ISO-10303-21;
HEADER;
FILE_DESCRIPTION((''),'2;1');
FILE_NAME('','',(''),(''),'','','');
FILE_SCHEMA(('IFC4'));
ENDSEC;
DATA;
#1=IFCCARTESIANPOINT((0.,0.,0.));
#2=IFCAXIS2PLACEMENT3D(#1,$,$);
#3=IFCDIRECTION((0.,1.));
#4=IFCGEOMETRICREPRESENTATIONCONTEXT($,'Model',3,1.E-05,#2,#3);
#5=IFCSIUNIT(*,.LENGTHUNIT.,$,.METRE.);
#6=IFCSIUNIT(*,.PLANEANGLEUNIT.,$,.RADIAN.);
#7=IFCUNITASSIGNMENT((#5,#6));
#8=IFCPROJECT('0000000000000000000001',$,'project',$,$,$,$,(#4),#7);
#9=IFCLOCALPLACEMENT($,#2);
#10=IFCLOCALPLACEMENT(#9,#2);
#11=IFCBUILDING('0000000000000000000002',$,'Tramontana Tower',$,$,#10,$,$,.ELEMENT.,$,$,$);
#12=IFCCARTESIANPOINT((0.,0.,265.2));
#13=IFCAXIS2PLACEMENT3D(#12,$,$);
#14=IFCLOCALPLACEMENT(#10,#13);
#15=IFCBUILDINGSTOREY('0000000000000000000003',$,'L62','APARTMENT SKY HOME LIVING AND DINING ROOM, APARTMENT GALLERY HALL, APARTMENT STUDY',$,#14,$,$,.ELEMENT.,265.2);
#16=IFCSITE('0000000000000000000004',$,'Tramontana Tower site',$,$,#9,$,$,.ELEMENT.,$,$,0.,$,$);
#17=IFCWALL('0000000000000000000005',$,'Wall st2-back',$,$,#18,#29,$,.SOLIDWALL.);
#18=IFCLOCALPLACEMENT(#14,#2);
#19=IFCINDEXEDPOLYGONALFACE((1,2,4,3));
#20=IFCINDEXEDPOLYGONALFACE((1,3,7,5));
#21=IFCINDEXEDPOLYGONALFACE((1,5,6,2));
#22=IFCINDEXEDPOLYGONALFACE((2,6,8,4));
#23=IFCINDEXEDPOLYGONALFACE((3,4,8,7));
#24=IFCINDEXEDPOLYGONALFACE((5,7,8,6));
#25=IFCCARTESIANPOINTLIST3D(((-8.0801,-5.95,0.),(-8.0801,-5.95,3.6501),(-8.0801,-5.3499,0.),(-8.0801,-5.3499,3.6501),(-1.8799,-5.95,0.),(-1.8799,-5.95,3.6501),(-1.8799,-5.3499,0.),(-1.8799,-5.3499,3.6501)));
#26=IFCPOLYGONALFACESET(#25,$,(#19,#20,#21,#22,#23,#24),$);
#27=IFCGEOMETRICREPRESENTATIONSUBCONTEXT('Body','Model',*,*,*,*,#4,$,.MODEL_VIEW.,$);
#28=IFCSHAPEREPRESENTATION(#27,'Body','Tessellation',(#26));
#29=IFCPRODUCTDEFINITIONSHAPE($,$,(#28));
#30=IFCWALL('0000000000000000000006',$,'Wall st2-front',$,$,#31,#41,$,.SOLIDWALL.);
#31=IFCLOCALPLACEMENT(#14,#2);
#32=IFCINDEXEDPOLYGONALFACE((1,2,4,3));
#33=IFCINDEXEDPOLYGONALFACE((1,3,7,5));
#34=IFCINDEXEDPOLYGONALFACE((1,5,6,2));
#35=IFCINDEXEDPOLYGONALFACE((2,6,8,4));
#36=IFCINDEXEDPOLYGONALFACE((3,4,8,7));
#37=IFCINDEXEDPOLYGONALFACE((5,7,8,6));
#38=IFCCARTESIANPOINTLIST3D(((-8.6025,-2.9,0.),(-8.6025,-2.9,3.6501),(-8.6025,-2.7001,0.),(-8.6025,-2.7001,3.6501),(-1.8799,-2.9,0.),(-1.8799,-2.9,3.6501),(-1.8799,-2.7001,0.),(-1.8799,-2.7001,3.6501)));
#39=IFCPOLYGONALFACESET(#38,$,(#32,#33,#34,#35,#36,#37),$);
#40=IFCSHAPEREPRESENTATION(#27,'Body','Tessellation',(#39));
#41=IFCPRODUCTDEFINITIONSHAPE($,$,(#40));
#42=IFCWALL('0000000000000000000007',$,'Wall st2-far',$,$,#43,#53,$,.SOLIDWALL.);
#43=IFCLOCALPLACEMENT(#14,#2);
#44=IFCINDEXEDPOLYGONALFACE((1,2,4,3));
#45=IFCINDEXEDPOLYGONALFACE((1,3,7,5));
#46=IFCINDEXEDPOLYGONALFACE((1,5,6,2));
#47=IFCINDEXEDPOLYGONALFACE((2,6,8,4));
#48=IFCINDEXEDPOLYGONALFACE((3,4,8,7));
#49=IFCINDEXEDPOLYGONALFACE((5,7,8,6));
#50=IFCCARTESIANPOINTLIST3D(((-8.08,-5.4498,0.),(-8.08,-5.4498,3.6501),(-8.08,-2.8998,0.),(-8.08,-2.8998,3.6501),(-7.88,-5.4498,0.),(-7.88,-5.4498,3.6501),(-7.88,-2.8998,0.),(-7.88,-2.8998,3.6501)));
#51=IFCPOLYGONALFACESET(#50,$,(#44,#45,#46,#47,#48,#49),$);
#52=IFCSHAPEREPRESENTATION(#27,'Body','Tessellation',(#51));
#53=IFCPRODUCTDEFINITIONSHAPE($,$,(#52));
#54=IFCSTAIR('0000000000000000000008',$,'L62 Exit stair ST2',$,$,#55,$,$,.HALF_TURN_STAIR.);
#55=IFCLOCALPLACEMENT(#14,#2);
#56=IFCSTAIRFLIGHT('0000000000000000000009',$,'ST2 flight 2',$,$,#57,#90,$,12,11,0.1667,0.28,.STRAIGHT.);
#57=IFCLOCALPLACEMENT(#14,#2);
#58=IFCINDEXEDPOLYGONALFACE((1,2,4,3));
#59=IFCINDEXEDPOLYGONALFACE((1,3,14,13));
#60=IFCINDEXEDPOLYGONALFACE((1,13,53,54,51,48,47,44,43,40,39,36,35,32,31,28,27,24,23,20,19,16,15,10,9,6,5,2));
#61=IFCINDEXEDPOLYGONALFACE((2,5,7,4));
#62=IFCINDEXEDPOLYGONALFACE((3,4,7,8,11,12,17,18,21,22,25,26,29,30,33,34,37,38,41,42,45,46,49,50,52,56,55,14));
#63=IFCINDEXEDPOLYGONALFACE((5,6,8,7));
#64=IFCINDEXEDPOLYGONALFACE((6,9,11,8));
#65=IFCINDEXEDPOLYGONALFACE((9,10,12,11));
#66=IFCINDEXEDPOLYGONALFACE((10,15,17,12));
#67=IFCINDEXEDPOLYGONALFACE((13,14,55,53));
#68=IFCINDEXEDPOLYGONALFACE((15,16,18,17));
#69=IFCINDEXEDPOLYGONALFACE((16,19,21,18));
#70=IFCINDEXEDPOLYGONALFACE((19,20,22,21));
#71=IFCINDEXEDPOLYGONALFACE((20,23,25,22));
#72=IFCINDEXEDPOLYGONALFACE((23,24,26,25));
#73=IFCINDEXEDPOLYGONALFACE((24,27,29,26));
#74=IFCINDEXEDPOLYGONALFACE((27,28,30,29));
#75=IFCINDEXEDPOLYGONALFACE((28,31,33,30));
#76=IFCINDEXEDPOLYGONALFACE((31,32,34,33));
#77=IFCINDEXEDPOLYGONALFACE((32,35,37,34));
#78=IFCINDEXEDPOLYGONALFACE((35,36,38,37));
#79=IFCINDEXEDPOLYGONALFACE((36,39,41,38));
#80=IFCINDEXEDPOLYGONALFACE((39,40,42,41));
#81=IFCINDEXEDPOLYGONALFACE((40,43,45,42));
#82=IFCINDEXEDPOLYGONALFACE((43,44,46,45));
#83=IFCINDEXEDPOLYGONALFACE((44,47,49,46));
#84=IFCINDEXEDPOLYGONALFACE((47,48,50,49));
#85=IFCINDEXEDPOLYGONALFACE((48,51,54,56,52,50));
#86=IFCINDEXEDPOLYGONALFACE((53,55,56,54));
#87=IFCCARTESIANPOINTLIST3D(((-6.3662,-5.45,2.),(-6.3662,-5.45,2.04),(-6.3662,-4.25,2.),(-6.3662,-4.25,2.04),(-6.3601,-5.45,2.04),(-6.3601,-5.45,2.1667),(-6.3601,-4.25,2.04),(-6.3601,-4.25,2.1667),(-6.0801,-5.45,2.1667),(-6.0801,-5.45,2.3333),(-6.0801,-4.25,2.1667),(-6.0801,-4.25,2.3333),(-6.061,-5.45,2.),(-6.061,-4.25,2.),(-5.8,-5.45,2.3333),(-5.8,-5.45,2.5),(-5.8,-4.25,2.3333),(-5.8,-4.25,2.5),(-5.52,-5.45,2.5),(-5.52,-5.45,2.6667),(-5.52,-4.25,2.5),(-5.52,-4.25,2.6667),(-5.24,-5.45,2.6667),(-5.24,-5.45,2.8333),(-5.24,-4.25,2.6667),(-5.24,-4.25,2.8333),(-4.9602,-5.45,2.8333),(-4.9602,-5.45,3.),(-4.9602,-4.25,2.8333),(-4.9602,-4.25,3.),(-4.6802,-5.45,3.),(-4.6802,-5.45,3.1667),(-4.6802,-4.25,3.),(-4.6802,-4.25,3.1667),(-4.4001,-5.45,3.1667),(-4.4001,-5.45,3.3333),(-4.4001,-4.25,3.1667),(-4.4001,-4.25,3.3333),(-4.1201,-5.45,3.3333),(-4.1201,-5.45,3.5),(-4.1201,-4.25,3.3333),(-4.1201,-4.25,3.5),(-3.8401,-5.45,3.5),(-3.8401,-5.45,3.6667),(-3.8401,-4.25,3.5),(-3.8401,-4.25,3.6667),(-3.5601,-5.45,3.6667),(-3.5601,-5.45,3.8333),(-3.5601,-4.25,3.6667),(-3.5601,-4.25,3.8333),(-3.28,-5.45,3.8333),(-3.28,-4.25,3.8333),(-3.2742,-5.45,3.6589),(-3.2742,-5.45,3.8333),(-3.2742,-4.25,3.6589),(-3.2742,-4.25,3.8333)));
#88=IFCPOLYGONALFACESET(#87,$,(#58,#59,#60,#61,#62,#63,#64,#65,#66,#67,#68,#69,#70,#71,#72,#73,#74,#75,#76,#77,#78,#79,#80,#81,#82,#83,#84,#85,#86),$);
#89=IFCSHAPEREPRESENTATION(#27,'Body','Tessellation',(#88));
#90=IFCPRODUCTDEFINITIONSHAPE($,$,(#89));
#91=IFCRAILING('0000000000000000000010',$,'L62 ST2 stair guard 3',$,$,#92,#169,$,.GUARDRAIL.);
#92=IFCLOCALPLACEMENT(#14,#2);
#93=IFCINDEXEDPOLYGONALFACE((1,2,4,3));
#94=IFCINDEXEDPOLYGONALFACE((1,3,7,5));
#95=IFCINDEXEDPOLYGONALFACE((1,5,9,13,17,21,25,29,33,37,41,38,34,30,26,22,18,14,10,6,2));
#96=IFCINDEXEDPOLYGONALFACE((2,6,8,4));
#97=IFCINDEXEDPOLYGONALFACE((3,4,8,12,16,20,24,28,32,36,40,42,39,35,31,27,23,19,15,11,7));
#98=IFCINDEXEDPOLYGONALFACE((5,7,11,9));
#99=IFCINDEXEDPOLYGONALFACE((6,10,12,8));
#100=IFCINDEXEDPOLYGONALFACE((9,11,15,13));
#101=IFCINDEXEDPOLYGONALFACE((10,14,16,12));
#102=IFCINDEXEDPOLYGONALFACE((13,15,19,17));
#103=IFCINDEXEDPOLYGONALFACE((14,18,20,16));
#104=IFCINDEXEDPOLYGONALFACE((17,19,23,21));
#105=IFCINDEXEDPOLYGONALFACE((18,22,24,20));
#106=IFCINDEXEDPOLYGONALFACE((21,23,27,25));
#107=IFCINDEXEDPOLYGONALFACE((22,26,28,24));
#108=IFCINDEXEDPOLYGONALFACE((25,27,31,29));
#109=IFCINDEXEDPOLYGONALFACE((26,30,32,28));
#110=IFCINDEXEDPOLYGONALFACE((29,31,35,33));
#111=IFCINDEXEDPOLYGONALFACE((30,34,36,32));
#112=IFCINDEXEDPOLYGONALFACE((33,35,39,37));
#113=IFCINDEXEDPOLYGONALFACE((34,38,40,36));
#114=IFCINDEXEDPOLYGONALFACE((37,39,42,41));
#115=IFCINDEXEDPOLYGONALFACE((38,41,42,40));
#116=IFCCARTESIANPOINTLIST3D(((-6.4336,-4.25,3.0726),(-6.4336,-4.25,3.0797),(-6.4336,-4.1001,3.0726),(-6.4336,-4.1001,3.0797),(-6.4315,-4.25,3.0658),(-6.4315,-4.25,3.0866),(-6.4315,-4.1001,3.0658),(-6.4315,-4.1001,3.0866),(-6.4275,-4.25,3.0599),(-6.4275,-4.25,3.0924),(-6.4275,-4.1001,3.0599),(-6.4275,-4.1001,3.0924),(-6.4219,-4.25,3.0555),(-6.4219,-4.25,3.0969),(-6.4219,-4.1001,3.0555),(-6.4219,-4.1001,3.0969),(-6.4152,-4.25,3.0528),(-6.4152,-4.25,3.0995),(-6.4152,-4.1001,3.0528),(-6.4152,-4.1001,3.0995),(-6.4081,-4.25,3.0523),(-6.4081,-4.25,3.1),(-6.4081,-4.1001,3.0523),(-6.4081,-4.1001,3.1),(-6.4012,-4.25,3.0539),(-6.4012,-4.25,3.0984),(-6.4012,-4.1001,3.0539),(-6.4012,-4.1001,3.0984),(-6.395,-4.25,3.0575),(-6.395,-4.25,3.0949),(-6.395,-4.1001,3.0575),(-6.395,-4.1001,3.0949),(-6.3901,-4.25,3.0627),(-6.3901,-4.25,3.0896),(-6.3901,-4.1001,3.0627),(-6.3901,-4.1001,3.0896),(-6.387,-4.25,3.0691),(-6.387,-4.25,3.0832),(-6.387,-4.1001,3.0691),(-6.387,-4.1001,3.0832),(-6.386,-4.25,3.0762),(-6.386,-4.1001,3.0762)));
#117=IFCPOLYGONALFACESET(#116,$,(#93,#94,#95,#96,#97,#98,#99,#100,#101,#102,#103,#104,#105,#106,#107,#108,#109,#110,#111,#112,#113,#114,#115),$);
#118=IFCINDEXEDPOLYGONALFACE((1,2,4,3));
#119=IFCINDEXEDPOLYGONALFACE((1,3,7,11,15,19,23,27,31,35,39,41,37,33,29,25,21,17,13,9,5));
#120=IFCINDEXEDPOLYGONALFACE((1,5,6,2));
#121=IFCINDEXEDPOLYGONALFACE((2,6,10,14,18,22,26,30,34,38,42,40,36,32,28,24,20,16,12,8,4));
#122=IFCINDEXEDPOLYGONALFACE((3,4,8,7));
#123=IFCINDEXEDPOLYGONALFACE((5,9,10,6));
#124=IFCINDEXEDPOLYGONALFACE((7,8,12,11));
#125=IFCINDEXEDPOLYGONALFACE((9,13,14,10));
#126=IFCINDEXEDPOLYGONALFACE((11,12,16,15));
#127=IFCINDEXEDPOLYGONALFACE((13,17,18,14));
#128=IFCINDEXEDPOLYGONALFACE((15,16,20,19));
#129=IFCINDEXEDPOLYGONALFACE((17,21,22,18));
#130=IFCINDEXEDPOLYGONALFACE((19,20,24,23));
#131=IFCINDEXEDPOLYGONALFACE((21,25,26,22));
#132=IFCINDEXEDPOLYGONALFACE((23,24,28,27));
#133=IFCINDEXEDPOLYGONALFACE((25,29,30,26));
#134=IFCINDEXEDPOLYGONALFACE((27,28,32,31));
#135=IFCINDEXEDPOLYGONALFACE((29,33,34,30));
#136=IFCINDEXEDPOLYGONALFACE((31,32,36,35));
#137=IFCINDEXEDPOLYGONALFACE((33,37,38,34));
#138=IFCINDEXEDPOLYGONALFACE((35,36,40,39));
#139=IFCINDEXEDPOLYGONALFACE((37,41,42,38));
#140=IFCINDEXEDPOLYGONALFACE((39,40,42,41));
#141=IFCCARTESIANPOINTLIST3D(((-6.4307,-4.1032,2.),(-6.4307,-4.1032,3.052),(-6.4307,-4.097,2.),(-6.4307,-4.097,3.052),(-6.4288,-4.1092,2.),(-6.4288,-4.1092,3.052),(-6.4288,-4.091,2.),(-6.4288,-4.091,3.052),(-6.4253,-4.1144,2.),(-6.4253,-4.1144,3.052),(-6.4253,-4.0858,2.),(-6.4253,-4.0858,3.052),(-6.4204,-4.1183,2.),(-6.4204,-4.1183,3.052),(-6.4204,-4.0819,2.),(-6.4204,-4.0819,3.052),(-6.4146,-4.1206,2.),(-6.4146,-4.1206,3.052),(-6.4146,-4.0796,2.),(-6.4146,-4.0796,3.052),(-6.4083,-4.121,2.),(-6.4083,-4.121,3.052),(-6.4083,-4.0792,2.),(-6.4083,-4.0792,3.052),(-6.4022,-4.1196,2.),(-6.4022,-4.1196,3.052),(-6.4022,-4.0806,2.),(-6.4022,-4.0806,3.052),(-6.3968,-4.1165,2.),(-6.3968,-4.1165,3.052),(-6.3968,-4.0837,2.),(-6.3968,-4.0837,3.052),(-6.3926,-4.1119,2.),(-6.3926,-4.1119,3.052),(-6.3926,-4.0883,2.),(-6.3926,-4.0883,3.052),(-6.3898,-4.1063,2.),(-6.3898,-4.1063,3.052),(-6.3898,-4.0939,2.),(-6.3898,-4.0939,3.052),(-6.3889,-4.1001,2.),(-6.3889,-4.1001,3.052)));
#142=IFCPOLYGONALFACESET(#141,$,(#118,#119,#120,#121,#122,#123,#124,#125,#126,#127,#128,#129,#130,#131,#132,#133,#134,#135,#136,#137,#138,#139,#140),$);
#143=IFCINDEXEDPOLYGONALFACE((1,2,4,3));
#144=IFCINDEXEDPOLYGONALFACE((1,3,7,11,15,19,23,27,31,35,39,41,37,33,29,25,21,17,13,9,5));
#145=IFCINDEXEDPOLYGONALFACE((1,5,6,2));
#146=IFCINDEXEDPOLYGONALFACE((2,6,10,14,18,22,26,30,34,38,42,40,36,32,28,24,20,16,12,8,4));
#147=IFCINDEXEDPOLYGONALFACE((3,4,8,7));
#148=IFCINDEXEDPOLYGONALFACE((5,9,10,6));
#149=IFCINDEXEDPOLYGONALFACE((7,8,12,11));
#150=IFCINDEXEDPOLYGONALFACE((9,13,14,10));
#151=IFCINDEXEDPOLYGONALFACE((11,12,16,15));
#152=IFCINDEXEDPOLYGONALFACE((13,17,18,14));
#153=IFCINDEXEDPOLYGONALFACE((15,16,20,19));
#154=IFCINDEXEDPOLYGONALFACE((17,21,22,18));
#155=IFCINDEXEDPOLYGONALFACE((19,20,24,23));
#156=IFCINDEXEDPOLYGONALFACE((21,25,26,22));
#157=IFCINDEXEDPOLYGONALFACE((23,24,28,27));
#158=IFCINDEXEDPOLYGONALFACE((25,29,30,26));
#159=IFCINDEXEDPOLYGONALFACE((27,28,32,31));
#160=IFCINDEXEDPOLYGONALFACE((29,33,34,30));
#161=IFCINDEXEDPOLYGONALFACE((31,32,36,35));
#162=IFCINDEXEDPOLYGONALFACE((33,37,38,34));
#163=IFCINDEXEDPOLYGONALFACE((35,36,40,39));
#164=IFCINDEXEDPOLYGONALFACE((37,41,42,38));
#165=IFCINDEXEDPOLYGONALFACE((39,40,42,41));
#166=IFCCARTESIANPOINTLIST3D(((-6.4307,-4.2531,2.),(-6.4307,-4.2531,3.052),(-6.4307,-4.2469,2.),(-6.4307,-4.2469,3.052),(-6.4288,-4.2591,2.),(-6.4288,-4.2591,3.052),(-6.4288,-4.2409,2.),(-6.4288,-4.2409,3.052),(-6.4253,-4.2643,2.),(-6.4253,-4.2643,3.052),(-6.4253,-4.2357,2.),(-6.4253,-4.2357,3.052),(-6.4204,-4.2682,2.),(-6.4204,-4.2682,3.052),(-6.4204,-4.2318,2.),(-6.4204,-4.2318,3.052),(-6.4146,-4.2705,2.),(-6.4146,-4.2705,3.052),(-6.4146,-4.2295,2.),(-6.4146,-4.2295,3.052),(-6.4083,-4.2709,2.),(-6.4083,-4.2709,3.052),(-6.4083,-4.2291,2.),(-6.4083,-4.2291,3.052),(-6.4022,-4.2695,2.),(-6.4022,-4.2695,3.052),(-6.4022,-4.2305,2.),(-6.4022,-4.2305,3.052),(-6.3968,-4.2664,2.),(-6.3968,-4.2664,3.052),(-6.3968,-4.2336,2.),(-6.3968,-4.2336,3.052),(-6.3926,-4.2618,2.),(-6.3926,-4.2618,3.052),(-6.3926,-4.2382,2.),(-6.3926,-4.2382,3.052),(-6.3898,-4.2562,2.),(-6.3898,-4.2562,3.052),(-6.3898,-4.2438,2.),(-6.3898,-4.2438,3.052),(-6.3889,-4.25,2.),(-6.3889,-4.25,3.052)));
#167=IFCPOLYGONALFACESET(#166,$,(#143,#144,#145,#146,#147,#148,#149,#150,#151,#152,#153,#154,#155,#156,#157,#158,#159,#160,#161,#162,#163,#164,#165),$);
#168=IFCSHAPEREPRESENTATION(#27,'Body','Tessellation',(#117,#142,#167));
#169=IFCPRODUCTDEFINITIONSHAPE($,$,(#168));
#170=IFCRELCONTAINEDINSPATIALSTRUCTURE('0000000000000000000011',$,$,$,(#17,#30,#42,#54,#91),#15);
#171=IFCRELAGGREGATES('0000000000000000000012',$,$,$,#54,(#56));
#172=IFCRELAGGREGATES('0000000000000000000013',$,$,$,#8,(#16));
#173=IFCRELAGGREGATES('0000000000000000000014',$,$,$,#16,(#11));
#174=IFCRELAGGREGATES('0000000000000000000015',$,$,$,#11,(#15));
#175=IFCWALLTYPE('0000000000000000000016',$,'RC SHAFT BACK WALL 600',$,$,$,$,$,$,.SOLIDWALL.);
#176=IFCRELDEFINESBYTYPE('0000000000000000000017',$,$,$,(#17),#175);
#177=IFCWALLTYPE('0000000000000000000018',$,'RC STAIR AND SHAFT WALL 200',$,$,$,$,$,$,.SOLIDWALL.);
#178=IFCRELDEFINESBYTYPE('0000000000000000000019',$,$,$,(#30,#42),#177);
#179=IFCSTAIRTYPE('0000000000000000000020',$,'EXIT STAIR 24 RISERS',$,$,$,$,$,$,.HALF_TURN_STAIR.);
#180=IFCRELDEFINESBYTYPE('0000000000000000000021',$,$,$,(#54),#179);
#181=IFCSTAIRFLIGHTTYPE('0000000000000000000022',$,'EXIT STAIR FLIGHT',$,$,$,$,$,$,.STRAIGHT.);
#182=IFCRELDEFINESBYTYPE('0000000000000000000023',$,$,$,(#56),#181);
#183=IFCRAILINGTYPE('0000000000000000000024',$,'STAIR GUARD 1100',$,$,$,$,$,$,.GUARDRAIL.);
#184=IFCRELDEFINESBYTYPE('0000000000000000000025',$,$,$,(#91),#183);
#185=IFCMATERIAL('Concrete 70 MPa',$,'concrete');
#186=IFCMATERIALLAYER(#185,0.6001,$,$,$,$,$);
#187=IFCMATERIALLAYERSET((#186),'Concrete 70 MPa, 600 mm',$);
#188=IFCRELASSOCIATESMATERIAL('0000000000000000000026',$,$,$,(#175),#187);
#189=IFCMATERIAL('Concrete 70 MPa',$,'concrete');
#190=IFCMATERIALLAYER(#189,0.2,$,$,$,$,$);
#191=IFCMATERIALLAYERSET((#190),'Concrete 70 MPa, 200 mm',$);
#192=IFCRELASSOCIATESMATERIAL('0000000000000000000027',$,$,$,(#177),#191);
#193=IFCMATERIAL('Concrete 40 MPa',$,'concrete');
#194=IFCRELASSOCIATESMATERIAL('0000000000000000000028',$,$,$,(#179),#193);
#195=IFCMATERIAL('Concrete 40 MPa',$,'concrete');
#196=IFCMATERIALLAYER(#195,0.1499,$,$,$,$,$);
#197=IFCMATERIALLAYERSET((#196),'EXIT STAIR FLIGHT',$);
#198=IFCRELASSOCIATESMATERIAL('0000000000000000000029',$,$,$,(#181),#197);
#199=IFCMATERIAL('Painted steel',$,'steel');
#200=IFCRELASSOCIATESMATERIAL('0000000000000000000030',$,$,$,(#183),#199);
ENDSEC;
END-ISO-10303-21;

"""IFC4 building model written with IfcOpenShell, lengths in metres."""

from ifc_helpers import new_model, si_unit, direction, frame, frame_2d, origin, origin_2d, place, context, subcontext, project, spatial, polyline, rectangle, circle, outline, extrude, material, layer, layer_set, type_object, element, aggregate, save


model = new_model("IFC4")

# Units and contexts
model_context = context("Model", 3, precision=1e-05, world=origin(), true_north=direction((0.0, 1.0)))
body_context = subcontext(model_context, "Body", "Model", "MODEL_VIEW")
ifc_project = project(units=[si_unit("LENGTHUNIT", "METRE"), si_unit("PLANEANGLEUNIT", "RADIAN")], contexts=[model_context])

# Site, building, storey
site_placement = place(None, origin())
site = spatial("IfcSite", under=ifc_project, at=site_placement, Name="Tramontana Tower site", CompositionType="ELEMENT", RefElevation=0.0)
building_placement = place(site_placement, origin())
building = spatial("IfcBuilding", under=site, at=building_placement, Name="Tramontana Tower", CompositionType="ELEMENT")
storey_placement = place(building_placement, frame((0.0, 0.0, 265.2)))
storey = spatial("IfcBuildingStorey", under=building, at=storey_placement, Name="L62", Description="APARTMENT SKY HOME LIVING AND DINING ROOM, APARTMENT GALLERY HALL, APARTMENT STUDY", CompositionType="ELEMENT", Elevation=265.2)

# Walls
ifc_material_1 = material(Name="Concrete 70 MPa", Category="concrete")
ifc_layer_1 = layer(ifc_material_1, 0.6001)
ifc_layer_set_1 = layer_set([ifc_layer_1], Name="Concrete 70 MPa, 600 mm")
wall_type_1 = type_object("IfcWallType", Name="RC SHAFT BACK WALL 600", PredefinedType="SOLIDWALL", material=ifc_layer_set_1)
wall_1_placement = place(storey_placement, frame((-8.0801, -5.6499, 0.0), z_axis=(0.0, 0.0, 1.0), x_axis=(1.0, 0.0, 0.0)))
element("IfcWall", 1, at=wall_1_placement, inside=storey, type_object=wall_type_1, Name="Wall st2-back", PredefinedType="SOLIDWALL", context=body_context, shape_type="SweptSolid", body=[
    extrude(rectangle(XDim=6.2002, YDim=0.6001, at=frame_2d((3.1001, 0.0))), origin(), (0.0, 0.0, 1.0), 3.6501),
])
ifc_material_2 = material(Name="Concrete 70 MPa", Category="concrete")
ifc_layer_2 = layer(ifc_material_2, 0.2)
ifc_layer_set_2 = layer_set([ifc_layer_2], Name="Concrete 70 MPa, 200 mm")
wall_type_2 = type_object("IfcWallType", Name="RC STAIR AND SHAFT WALL 200", PredefinedType="SOLIDWALL", material=ifc_layer_set_2)
wall_2_placement = place(storey_placement, frame((-8.6025, -2.8, 0.0), z_axis=(0.0, 0.0, 1.0), x_axis=(1.0, 0.0, 0.0)))
element("IfcWall", 2, at=wall_2_placement, inside=storey, type_object=wall_type_2, Name="Wall st2-front", PredefinedType="SOLIDWALL", context=body_context, shape_type="SweptSolid", body=[
    extrude(rectangle(XDim=6.7227, YDim=0.2, at=frame_2d((3.3613, 0.0))), origin(), (0.0, 0.0, 1.0), 3.6501),
])
wall_3_placement = place(storey_placement, frame((-7.98, -2.8999, 0.0), z_axis=(0.0, 0.0, 1.0), x_axis=(0.0, -1.0, 0.0)))
element("IfcWall", 3, at=wall_3_placement, inside=storey, type_object=wall_type_2, Name="Wall st2-far", PredefinedType="SOLIDWALL", context=body_context, shape_type="SweptSolid", body=[
    extrude(rectangle(XDim=2.55, YDim=0.2, at=frame_2d((1.2749, 0.0))), origin(), (0.0, 0.0, 1.0), 3.6501),
])

# Stair, stair flight
ifc_material_3 = material(Name="Concrete 40 MPa", Category="concrete")
stair_type = type_object("IfcStairType", Name="EXIT STAIR 24 RISERS", PredefinedType="HALF_TURN_STAIR", material=ifc_material_3)
stair_placement = place(storey_placement, origin())
stair = element("IfcStair", 4, at=stair_placement, inside=storey, type_object=stair_type, Name="L62 Exit stair ST2", PredefinedType="HALF_TURN_STAIR")
ifc_material_4 = material(Name="Concrete 40 MPa", Category="concrete")
ifc_layer_3 = layer(ifc_material_4, 0.1499)
ifc_layer_set_3 = layer_set([ifc_layer_3], Name="EXIT STAIR FLIGHT")
stair_flight_type = type_object("IfcStairFlightType", Name="EXIT STAIR FLIGHT", PredefinedType="STRAIGHT", material=ifc_layer_set_3)
stair_flight_placement = place(storey_placement, frame((-6.3601, -4.8501, 2.0), z_axis=(0.0, 0.0, 1.0), x_axis=(1.0, 0.0, 0.0)))
stair_flight = element("IfcStairFlight", 5, at=stair_flight_placement, type_object=stair_flight_type, Name="ST2 flight 2", NumberOfRisers=12, NumberOfTreads=11, PredefinedType="STRAIGHT", RiserHeight=0.1667, TreadLength=0.28, context=body_context, shape_type="SweptSolid", body=[
    extrude(outline(polyline([(-0.0061, 0.0), (-0.0061, 0.04), (0.0, 0.04), (0.0, 0.1667), (0.28, 0.1667), (0.28, 0.3333), (0.5601, 0.3333), (0.5601, 0.5), (0.8401, 0.5), (0.8401, 0.6667), (1.1201, 0.6667), (1.1201, 0.8333), (1.3999, 0.8333), (1.3999, 1.0), (1.6799, 1.0), (1.6799, 1.1667), (1.96, 1.1667), (1.96, 1.3333), (2.24, 1.3333), (2.24, 1.5), (2.52, 1.5), (2.52, 1.6667), (2.8, 1.6667), (2.8, 1.8333), (3.0801, 1.8333), (3.0859, 1.8333), (3.0859, 1.6589), (0.2991, 0.0), (-0.0061, 0.0)])), frame((0.0, 0.6001, 0.0), z_axis=(0.0, -1.0, 0.0), x_axis=(1.0, 0.0, 0.0)), (0.0, 0.0, 1.0), 1.2),
])
aggregate(stair, [stair_flight])

# Railing
ifc_material_5 = material(Name="Painted steel", Category="steel")
railing_type_1 = type_object("IfcRailingType", Name="STAIR GUARD 1100", PredefinedType="GUARDRAIL", material=ifc_material_5)
railing_1_placement = place(storey_placement, frame((-6.4099, -4.1001, 2.0)))
element("IfcRailing", 6, at=railing_1_placement, inside=storey, type_object=railing_type_1, Name="L62 ST2 stair guard 3", PredefinedType="GUARDRAIL", context=body_context, shape_type="SweptSolid", body=[
    extrude(circle(Radius=0.0239, at=origin_2d()), frame((0.0, 0.0, 1.0762), z_axis=(0.0, -1.0, 0.0), x_axis=(1.0, 0.0, 0.0)), (0.0, 0.0, 1.0), 0.1499),
    extrude(circle(Radius=0.021, at=origin_2d()), origin(), (0.0, 0.0, 1.0), 1.052),
    extrude(circle(Radius=0.021, at=origin_2d()), frame((0.0, -0.1499, 0.0)), (0.0, 0.0, 1.0), 1.052),
])

save(model, "model.ifc")
